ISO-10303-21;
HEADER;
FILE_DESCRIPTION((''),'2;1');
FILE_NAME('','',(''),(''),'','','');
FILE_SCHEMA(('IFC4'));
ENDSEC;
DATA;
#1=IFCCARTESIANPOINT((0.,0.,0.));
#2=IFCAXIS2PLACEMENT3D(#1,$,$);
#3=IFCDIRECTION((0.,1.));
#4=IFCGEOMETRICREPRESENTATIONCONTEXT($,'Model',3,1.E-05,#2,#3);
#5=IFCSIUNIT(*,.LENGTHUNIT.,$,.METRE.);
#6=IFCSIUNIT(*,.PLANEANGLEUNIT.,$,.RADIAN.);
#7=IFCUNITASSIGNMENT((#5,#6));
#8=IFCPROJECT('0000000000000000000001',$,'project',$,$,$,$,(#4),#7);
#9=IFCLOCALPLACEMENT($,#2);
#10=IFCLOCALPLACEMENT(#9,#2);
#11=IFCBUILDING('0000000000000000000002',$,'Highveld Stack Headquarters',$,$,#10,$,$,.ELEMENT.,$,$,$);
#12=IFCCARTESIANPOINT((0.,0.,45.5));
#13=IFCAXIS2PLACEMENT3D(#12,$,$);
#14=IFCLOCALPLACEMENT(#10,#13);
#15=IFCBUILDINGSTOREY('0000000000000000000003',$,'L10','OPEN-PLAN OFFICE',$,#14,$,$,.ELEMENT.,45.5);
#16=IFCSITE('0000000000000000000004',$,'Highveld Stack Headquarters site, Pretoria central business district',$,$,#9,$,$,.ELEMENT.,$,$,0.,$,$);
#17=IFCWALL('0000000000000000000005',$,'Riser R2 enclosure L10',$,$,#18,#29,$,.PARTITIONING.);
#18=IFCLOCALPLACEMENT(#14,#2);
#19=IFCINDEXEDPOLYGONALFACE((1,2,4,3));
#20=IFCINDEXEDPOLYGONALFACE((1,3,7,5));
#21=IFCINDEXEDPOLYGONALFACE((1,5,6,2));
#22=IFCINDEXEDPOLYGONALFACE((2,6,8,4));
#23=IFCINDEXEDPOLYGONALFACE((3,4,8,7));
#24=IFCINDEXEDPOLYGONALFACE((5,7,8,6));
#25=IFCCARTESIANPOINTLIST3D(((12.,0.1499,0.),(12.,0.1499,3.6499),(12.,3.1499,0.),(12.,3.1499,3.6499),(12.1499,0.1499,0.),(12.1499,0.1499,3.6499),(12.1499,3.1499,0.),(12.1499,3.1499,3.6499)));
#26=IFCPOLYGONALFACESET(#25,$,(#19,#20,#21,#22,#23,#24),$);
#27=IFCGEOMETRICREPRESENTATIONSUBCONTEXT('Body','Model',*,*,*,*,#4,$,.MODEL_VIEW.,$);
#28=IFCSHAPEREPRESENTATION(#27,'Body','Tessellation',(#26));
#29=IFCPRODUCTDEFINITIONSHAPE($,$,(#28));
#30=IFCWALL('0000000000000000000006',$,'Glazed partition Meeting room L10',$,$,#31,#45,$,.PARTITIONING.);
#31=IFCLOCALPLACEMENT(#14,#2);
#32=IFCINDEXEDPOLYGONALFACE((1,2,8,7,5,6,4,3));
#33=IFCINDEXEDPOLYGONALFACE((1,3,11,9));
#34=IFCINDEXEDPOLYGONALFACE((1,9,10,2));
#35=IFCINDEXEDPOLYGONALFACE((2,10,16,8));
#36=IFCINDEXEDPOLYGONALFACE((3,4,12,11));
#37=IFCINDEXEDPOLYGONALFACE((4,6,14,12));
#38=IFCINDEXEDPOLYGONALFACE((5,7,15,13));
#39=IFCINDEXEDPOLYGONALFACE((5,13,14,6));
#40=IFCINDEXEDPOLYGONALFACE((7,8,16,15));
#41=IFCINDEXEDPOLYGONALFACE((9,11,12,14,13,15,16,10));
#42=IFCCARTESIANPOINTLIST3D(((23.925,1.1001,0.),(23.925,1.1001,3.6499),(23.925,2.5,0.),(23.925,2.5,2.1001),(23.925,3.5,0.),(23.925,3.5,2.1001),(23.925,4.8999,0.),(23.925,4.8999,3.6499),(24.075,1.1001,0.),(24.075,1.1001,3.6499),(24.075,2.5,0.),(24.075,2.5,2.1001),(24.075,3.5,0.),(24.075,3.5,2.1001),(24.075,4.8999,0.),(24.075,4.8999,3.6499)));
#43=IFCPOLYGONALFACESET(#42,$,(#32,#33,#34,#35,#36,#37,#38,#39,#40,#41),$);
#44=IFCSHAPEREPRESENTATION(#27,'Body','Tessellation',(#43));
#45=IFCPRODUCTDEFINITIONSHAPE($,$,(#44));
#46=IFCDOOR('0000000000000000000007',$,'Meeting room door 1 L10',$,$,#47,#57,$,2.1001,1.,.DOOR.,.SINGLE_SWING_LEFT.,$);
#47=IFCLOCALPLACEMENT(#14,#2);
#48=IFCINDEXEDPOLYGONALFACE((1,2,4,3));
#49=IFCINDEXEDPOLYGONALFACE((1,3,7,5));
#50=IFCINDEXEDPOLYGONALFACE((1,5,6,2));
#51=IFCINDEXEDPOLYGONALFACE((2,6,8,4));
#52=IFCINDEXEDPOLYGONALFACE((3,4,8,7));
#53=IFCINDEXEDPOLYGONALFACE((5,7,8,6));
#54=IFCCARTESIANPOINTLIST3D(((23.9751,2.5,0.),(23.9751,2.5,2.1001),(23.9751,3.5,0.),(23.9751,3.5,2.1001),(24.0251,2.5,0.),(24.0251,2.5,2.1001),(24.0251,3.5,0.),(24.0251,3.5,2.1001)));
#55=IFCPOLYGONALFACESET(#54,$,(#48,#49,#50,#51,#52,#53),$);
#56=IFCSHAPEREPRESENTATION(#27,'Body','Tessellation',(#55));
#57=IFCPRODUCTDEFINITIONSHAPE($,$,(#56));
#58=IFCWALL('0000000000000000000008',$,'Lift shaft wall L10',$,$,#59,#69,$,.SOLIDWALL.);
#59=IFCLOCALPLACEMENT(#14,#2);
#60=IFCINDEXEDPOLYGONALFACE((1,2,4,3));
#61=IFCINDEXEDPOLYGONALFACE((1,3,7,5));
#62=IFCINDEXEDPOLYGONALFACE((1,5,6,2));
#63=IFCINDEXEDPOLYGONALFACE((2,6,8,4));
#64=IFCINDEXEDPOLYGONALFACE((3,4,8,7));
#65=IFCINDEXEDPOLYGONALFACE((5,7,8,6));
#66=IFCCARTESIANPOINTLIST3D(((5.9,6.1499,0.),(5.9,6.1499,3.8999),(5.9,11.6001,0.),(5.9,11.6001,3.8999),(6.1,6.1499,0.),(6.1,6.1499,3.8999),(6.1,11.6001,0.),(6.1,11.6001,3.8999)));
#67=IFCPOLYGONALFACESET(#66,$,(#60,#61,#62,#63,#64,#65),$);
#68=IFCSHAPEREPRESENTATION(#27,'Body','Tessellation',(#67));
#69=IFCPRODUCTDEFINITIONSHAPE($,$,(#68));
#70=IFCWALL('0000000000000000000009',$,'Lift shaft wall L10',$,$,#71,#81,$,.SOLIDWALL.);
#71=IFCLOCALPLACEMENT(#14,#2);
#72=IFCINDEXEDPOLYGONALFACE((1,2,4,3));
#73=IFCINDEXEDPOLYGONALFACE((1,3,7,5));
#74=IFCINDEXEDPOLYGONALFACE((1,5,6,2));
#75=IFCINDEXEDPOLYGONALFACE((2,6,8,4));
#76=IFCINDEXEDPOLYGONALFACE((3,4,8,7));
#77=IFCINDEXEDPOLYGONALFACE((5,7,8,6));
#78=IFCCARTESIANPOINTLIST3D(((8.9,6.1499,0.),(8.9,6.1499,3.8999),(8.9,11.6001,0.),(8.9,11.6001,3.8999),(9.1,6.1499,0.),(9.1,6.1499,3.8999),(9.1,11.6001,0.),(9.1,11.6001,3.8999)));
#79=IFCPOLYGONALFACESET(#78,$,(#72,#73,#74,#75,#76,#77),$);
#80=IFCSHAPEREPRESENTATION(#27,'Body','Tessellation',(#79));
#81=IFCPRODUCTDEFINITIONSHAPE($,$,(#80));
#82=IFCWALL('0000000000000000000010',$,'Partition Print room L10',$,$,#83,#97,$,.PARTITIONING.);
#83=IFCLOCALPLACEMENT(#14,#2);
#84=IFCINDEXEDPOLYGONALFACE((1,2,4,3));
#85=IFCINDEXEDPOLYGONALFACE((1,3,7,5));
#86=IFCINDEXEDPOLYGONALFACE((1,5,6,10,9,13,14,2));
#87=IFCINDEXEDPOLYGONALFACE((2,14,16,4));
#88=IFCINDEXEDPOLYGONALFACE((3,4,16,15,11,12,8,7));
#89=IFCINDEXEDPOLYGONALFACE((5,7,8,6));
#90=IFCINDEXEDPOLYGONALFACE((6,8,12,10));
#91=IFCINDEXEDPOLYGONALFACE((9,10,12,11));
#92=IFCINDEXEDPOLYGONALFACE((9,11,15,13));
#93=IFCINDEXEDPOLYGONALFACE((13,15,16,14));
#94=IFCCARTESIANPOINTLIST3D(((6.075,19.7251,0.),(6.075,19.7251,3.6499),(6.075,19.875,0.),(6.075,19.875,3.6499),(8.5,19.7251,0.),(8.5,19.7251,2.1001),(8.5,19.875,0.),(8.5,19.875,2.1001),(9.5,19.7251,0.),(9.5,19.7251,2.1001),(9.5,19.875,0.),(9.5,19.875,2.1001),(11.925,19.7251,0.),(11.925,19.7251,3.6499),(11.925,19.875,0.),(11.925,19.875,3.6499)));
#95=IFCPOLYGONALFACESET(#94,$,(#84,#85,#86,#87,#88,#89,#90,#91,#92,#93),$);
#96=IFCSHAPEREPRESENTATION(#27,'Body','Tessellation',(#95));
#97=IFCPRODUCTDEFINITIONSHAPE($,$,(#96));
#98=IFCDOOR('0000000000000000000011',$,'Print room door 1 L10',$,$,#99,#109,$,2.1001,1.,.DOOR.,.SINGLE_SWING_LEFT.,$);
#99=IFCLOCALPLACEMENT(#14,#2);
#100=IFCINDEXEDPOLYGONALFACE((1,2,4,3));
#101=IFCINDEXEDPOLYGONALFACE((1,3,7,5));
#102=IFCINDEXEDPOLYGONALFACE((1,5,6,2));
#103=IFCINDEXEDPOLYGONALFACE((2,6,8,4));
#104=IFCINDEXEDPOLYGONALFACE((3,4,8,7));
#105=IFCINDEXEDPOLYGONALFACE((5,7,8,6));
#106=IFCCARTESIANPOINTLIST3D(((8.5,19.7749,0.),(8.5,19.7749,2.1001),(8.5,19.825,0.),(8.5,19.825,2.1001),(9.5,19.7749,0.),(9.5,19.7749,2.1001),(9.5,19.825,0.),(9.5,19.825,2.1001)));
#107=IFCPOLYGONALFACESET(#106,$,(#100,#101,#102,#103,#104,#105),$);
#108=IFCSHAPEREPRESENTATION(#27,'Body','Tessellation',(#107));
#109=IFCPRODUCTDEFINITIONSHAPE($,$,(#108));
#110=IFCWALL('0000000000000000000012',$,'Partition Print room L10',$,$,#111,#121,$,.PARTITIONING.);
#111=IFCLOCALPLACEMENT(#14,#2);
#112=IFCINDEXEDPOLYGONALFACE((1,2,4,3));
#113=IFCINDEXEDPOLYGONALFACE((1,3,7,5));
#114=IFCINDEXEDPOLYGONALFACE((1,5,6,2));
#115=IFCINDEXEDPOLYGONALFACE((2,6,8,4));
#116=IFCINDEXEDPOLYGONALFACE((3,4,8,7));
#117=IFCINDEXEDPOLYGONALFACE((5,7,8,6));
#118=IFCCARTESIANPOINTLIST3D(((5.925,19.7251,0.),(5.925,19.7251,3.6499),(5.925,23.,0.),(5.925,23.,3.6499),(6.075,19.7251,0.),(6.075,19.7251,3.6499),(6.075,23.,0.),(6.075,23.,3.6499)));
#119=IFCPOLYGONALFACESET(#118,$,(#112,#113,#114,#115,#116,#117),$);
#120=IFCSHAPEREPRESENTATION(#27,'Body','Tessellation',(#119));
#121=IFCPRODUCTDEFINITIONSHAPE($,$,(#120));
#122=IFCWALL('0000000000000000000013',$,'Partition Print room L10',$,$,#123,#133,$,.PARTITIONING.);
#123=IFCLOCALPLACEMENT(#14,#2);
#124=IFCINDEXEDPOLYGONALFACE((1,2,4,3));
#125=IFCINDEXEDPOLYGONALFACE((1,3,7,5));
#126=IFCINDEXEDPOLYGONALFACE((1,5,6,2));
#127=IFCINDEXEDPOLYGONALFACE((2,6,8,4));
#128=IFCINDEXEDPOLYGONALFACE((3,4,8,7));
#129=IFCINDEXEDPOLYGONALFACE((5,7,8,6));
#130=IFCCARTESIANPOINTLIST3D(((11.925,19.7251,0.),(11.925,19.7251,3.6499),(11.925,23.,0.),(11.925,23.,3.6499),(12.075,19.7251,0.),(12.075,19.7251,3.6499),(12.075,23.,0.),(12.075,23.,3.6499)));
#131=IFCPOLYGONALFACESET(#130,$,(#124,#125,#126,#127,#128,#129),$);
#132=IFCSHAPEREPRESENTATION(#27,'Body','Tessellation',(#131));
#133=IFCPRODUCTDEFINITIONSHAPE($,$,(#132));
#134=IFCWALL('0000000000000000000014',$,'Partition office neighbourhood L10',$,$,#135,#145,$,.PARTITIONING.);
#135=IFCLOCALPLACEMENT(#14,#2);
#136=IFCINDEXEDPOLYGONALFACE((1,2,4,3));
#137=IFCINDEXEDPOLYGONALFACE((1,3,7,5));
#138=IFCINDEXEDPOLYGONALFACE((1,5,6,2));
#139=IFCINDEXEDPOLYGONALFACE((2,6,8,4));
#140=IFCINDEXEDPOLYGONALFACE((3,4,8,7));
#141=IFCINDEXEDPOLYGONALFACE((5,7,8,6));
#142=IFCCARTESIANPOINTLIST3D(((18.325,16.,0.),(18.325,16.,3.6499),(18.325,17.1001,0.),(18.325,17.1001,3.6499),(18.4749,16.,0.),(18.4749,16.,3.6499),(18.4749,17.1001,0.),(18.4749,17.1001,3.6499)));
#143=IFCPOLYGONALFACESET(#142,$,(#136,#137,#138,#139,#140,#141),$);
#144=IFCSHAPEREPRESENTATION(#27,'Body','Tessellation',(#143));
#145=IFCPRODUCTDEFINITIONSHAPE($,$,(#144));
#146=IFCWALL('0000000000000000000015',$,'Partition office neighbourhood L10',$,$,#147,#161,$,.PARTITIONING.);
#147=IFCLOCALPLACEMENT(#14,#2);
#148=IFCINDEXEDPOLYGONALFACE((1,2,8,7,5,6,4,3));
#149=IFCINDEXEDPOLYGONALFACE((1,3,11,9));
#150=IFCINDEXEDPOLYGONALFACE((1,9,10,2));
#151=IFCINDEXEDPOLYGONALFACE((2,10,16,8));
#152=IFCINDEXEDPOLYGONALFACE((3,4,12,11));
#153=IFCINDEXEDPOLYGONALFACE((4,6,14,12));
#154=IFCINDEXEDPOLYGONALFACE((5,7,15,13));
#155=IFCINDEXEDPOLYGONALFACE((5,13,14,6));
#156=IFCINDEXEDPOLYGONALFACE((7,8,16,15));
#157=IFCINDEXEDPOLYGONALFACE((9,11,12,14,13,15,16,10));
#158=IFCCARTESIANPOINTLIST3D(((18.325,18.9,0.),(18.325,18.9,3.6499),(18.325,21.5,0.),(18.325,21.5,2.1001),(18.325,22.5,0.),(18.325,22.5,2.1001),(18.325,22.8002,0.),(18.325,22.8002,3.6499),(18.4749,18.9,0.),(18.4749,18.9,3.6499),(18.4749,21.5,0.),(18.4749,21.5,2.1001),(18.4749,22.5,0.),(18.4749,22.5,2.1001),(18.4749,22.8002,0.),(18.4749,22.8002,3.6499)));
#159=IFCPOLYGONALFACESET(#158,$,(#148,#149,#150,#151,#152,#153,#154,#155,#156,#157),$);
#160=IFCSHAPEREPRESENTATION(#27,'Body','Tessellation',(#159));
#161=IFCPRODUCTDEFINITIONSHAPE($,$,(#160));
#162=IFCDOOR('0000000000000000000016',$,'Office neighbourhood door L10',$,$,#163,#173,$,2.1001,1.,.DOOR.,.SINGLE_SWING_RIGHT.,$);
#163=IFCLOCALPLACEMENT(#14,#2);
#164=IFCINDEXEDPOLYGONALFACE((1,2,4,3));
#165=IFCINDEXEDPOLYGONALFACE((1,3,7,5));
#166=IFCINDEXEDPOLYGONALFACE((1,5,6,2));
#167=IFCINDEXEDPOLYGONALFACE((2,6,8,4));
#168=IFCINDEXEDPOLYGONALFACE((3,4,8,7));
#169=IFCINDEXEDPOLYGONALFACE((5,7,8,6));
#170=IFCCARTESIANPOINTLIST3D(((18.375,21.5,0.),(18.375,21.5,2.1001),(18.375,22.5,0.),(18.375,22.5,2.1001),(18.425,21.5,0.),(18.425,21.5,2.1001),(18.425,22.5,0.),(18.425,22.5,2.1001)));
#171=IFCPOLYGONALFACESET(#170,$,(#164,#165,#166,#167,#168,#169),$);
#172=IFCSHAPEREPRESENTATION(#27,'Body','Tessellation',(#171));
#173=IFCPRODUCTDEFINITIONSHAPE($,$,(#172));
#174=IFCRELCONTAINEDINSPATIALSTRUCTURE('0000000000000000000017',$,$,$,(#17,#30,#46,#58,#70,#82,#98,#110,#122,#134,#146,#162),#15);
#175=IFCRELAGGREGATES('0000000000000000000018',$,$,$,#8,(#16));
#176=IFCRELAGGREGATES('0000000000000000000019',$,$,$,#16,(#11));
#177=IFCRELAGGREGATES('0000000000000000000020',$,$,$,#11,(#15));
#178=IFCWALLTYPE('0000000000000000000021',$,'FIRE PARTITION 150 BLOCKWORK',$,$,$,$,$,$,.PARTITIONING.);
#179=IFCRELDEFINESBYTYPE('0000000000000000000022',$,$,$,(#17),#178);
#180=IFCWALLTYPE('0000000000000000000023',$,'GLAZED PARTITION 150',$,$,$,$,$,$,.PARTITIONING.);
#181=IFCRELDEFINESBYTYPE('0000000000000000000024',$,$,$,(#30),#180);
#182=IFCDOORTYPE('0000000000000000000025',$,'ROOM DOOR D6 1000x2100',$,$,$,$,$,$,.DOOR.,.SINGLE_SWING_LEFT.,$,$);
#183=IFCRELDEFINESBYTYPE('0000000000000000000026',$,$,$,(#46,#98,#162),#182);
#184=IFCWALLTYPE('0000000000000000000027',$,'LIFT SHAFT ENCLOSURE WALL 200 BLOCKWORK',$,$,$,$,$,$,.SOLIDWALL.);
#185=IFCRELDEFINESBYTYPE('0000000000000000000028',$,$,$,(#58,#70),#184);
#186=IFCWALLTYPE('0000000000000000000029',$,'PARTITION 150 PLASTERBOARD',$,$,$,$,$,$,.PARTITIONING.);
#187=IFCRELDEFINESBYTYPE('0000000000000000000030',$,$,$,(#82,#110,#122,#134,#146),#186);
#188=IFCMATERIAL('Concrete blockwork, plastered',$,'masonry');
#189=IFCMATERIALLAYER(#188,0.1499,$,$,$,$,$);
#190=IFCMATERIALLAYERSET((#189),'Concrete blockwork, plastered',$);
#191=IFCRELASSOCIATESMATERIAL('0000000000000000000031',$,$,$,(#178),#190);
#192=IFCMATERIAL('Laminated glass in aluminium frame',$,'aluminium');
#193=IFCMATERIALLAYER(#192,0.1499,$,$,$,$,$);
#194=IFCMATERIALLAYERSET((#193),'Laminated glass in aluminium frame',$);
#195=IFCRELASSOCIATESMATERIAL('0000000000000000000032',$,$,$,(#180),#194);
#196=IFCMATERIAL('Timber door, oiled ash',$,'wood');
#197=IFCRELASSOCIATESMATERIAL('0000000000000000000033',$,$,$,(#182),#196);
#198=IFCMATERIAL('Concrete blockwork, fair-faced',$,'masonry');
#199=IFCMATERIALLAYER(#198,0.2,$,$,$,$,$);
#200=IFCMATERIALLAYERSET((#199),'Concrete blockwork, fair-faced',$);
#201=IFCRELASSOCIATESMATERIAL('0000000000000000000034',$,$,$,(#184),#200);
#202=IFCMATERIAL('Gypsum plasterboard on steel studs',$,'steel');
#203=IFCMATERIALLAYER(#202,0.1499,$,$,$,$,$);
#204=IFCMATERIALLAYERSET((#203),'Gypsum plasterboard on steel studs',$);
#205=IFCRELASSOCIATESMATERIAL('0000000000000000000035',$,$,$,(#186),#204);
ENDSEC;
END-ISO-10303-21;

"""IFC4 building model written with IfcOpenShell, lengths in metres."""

from ifc_helpers import new_model, si_unit, direction, frame, frame_2d, origin, place, context, subcontext, project, spatial, rectangle, extrude, material, layer, layer_set, type_object, element, fill, save


model = new_model("IFC4")

# Units and contexts
model_context = context("Model", 3, precision=1e-05, world=origin(), true_north=direction((0.0, 1.0)))
body_context = subcontext(model_context, "Body", "Model", "MODEL_VIEW")
ifc_project = project(units=[si_unit("LENGTHUNIT", "METRE"), si_unit("PLANEANGLEUNIT", "RADIAN")], contexts=[model_context])

# Site, building, storey
site_placement = place(None, origin())
site = spatial("IfcSite", under=ifc_project, at=site_placement, Name="Highveld Stack Headquarters site, Pretoria central business district", CompositionType="ELEMENT", RefElevation=0.0)
building_placement = place(site_placement, origin())
building = spatial("IfcBuilding", under=site, at=building_placement, Name="Highveld Stack Headquarters", CompositionType="ELEMENT")
storey_placement = place(building_placement, frame((0.0, 0.0, 45.5)))
storey = spatial("IfcBuildingStorey", under=building, at=storey_placement, Name="L10", Description="OPEN-PLAN OFFICE", CompositionType="ELEMENT", Elevation=45.5)

# Wall
ifc_material_1 = material(Name="Concrete blockwork, plastered", Category="masonry")
ifc_layer_1 = layer(ifc_material_1, 0.1499)
ifc_layer_set_1 = layer_set([ifc_layer_1], Name="Concrete blockwork, plastered")
wall_type_1 = type_object("IfcWallType", Name="FIRE PARTITION 150 BLOCKWORK", PredefinedType="PARTITIONING", material=ifc_layer_set_1)
wall_1_placement = place(storey_placement, frame((12.075, 0.1499, 0.0), z_axis=(0.0, 0.0, 1.0), x_axis=(0.0, 1.0, 0.0)))
element("IfcWall", 1, at=wall_1_placement, inside=storey, type_object=wall_type_1, Name="Riser R2 enclosure L10", PredefinedType="PARTITIONING", context=body_context, shape_type="SweptSolid", body=[
    extrude(rectangle(XDim=3.0, YDim=0.1499, at=frame_2d((1.5, 0.0))), origin(), (0.0, 0.0, 1.0), 3.6499),
])

# Wall, opening, door
ifc_material_2 = material(Name="Laminated glass in aluminium frame", Category="aluminium")
ifc_layer_2 = layer(ifc_material_2, 0.1499)
ifc_layer_set_2 = layer_set([ifc_layer_2], Name="Laminated glass in aluminium frame")
wall_type_2 = type_object("IfcWallType", Name="GLAZED PARTITION 150", PredefinedType="PARTITIONING", material=ifc_layer_set_2)
wall_2_placement = place(storey_placement, frame((24.0, 1.1001, 0.0), z_axis=(0.0, 0.0, 1.0), x_axis=(0.0, 1.0, 0.0)))
wall_2 = element("IfcWall", 2, at=wall_2_placement, inside=storey, type_object=wall_type_2, Name="Glazed partition Meeting room L10", PredefinedType="PARTITIONING", context=body_context, shape_type="SweptSolid", body=[
    extrude(rectangle(XDim=3.7998, YDim=0.1499, at=frame_2d((1.8999, 0.0))), origin(), (0.0, 0.0, 1.0), 3.6499),
])
opening_1_placement = place(wall_2_placement, frame((1.3999, 0.0, 0.0)))
opening_1 = element("IfcOpeningElement", 3, at=opening_1_placement, cuts=wall_2, PredefinedType="OPENING", context=body_context, shape_type="SweptSolid", body=[
    extrude(rectangle(XDim=1.0, YDim=2.1001, at=frame_2d((0.5, 1.05))), frame((0.0, 0.085, 0.0), z_axis=(0.0, -1.0, 0.0), x_axis=(1.0, 0.0, 0.0)), (0.0, 0.0, 1.0), 0.1699),
])
ifc_material_3 = material(Name="Timber door, oiled ash", Category="wood")
door_type_1 = type_object("IfcDoorType", Name="ROOM DOOR D6 1000x2100", OperationType="SINGLE_SWING_LEFT", PredefinedType="DOOR", material=ifc_material_3)
door_1_placement = place(opening_1_placement, origin())
door_1 = element("IfcDoor", 4, at=door_1_placement, inside=storey, type_object=door_type_1, Name="Meeting room door 1 L10", OperationType="SINGLE_SWING_LEFT", OverallHeight=2.1001, OverallWidth=1.0, PredefinedType="DOOR", context=body_context, shape_type="SweptSolid", body=[
    extrude(rectangle(XDim=1.0, YDim=2.1001, at=frame_2d((0.5, 1.05))), frame((0.0, 0.0249, 0.0), z_axis=(0.0, -1.0, 0.0), x_axis=(1.0, 0.0, 0.0)), (0.0, 0.0, 1.0), 0.05),
])
fill(opening_1, door_1)

# Walls
ifc_material_4 = material(Name="Concrete blockwork, fair-faced", Category="masonry")
ifc_layer_3 = layer(ifc_material_4, 0.2)
ifc_layer_set_3 = layer_set([ifc_layer_3], Name="Concrete blockwork, fair-faced")
wall_type_3 = type_object("IfcWallType", Name="LIFT SHAFT ENCLOSURE WALL 200 BLOCKWORK", PredefinedType="SOLIDWALL", material=ifc_layer_set_3)
for number, where, z_axis, x_axis, name in (
    (5, (6.0, 6.1499, 0.0), (0.0, 0.0, 1.0), (0.0, 1.0, 0.0), "Lift shaft wall L10"),
    (6, (9.0, 6.1499, 0.0), (0.0, 0.0, 1.0), (0.0, 1.0, 0.0), "Lift shaft wall L10"),
):
    element("IfcWall", number, at=place(storey_placement, frame(where, z_axis=z_axis, x_axis=x_axis)), inside=storey, type_object=wall_type_3, Name=name, PredefinedType="SOLIDWALL", context=body_context, shape_type="SweptSolid", body=[
        extrude(rectangle(XDim=5.4502, YDim=0.2, at=frame_2d((2.7251, 0.0))), origin(), (0.0, 0.0, 1.0), 3.8999),
    ])

# Wall, opening, door
ifc_material_5 = material(Name="Gypsum plasterboard on steel studs", Category="steel")
ifc_layer_4 = layer(ifc_material_5, 0.1499)
ifc_layer_set_4 = layer_set([ifc_layer_4], Name="Gypsum plasterboard on steel studs")
wall_type_4 = type_object("IfcWallType", Name="PARTITION 150 PLASTERBOARD", PredefinedType="PARTITIONING", material=ifc_layer_set_4)
wall_3_placement = place(storey_placement, frame((6.075, 19.8, 0.0), z_axis=(0.0, 0.0, 1.0), x_axis=(1.0, 0.0, 0.0)))
wall_3 = element("IfcWall", 7, at=wall_3_placement, inside=storey, type_object=wall_type_4, Name="Partition Print room L10", PredefinedType="PARTITIONING", context=body_context, shape_type="SweptSolid", body=[
    extrude(rectangle(XDim=5.8501, YDim=0.1499, at=frame_2d((2.925, 0.0))), origin(), (0.0, 0.0, 1.0), 3.6499),
])
opening_2_placement = place(wall_3_placement, frame((2.425, 0.0, 0.0)))
opening_2 = element("IfcOpeningElement", 8, at=opening_2_placement, cuts=wall_3, PredefinedType="OPENING", context=body_context, shape_type="SweptSolid", body=[
    extrude(rectangle(XDim=1.0, YDim=2.1001, at=frame_2d((0.5, 1.05))), frame((0.0, 0.085, 0.0), z_axis=(0.0, -1.0, 0.0), x_axis=(1.0, 0.0, 0.0)), (0.0, 0.0, 1.0), 0.1699),
])
door_2_placement = place(opening_2_placement, origin())
door_2 = element("IfcDoor", 9, at=door_2_placement, inside=storey, type_object=door_type_1, Name="Print room door 1 L10", OperationType="SINGLE_SWING_LEFT", OverallHeight=2.1001, OverallWidth=1.0, PredefinedType="DOOR", context=body_context, shape_type="SweptSolid", body=[
    extrude(rectangle(XDim=1.0, YDim=2.1001, at=frame_2d((0.5, 1.05))), frame((0.0, 0.0249, 0.0), z_axis=(0.0, -1.0, 0.0), x_axis=(1.0, 0.0, 0.0)), (0.0, 0.0, 1.0), 0.05),
])
fill(opening_2, door_2)

# Walls
for number, where, z_axis, x_axis, name in (
    (10, (6.0, 19.7251, 0.0), (0.0, 0.0, 1.0), (0.0, 1.0, 0.0), "Partition Print room L10"),
    (11, (12.0, 19.7251, 0.0), (0.0, 0.0, 1.0), (0.0, 1.0, 0.0), "Partition Print room L10"),
):
    element("IfcWall", number, at=place(storey_placement, frame(where, z_axis=z_axis, x_axis=x_axis)), inside=storey, type_object=wall_type_4, Name=name, PredefinedType="PARTITIONING", context=body_context, shape_type="SweptSolid", body=[
        extrude(rectangle(XDim=3.2749, YDim=0.1499, at=frame_2d((1.6375, 0.0))), origin(), (0.0, 0.0, 1.0), 3.6499),
    ])
wall_4_placement = place(storey_placement, frame((18.3999, 16.0, 0.0), z_axis=(0.0, 0.0, 1.0), x_axis=(0.0, 1.0, 0.0)))
element("IfcWall", 12, at=wall_4_placement, inside=storey, type_object=wall_type_4, Name="Partition office neighbourhood L10", PredefinedType="PARTITIONING", context=body_context, shape_type="SweptSolid", body=[
    extrude(rectangle(XDim=1.1001, YDim=0.1499, at=frame_2d((0.55, 0.0))), origin(), (0.0, 0.0, 1.0), 3.6499),
])

# Wall, opening, door
wall_5_placement = place(storey_placement, frame((18.3999, 18.8999, 0.0), z_axis=(0.0, 0.0, 1.0), x_axis=(0.0, 1.0, 0.0)))
wall_5 = element("IfcWall", 13, at=wall_5_placement, inside=storey, type_object=wall_type_4, Name="Partition office neighbourhood L10", PredefinedType="PARTITIONING", context=body_context, shape_type="SweptSolid", body=[
    extrude(rectangle(XDim=3.9001, YDim=0.1499, at=frame_2d((1.9502, 0.0))), origin(), (0.0, 0.0, 1.0), 3.6499),
])
opening_3_placement = place(wall_5_placement, frame((2.6001, 0.0, 0.0)))
opening_3 = element("IfcOpeningElement", 14, at=opening_3_placement, cuts=wall_5, PredefinedType="OPENING", context=body_context, shape_type="SweptSolid", body=[
    extrude(rectangle(XDim=1.0, YDim=2.1001, at=frame_2d((0.5, 1.05))), frame((0.0, 0.085, 0.0), z_axis=(0.0, -1.0, 0.0), x_axis=(1.0, 0.0, 0.0)), (0.0, 0.0, 1.0), 0.1699),
])
door_3_placement = place(opening_3_placement, origin())
door_3 = element("IfcDoor", 15, at=door_3_placement, inside=storey, type_object=door_type_1, Name="Office neighbourhood door L10", OperationType="SINGLE_SWING_RIGHT", OverallHeight=2.1001, OverallWidth=1.0, PredefinedType="DOOR", context=body_context, shape_type="SweptSolid", body=[
    extrude(rectangle(XDim=1.0, YDim=2.1001, at=frame_2d((0.5, 1.05))), frame((0.0, 0.0249, 0.0), z_axis=(0.0, -1.0, 0.0), x_axis=(1.0, 0.0, 0.0)), (0.0, 0.0, 1.0), 0.05),
])
fill(opening_3, door_3)

save(model, "model.ifc")
